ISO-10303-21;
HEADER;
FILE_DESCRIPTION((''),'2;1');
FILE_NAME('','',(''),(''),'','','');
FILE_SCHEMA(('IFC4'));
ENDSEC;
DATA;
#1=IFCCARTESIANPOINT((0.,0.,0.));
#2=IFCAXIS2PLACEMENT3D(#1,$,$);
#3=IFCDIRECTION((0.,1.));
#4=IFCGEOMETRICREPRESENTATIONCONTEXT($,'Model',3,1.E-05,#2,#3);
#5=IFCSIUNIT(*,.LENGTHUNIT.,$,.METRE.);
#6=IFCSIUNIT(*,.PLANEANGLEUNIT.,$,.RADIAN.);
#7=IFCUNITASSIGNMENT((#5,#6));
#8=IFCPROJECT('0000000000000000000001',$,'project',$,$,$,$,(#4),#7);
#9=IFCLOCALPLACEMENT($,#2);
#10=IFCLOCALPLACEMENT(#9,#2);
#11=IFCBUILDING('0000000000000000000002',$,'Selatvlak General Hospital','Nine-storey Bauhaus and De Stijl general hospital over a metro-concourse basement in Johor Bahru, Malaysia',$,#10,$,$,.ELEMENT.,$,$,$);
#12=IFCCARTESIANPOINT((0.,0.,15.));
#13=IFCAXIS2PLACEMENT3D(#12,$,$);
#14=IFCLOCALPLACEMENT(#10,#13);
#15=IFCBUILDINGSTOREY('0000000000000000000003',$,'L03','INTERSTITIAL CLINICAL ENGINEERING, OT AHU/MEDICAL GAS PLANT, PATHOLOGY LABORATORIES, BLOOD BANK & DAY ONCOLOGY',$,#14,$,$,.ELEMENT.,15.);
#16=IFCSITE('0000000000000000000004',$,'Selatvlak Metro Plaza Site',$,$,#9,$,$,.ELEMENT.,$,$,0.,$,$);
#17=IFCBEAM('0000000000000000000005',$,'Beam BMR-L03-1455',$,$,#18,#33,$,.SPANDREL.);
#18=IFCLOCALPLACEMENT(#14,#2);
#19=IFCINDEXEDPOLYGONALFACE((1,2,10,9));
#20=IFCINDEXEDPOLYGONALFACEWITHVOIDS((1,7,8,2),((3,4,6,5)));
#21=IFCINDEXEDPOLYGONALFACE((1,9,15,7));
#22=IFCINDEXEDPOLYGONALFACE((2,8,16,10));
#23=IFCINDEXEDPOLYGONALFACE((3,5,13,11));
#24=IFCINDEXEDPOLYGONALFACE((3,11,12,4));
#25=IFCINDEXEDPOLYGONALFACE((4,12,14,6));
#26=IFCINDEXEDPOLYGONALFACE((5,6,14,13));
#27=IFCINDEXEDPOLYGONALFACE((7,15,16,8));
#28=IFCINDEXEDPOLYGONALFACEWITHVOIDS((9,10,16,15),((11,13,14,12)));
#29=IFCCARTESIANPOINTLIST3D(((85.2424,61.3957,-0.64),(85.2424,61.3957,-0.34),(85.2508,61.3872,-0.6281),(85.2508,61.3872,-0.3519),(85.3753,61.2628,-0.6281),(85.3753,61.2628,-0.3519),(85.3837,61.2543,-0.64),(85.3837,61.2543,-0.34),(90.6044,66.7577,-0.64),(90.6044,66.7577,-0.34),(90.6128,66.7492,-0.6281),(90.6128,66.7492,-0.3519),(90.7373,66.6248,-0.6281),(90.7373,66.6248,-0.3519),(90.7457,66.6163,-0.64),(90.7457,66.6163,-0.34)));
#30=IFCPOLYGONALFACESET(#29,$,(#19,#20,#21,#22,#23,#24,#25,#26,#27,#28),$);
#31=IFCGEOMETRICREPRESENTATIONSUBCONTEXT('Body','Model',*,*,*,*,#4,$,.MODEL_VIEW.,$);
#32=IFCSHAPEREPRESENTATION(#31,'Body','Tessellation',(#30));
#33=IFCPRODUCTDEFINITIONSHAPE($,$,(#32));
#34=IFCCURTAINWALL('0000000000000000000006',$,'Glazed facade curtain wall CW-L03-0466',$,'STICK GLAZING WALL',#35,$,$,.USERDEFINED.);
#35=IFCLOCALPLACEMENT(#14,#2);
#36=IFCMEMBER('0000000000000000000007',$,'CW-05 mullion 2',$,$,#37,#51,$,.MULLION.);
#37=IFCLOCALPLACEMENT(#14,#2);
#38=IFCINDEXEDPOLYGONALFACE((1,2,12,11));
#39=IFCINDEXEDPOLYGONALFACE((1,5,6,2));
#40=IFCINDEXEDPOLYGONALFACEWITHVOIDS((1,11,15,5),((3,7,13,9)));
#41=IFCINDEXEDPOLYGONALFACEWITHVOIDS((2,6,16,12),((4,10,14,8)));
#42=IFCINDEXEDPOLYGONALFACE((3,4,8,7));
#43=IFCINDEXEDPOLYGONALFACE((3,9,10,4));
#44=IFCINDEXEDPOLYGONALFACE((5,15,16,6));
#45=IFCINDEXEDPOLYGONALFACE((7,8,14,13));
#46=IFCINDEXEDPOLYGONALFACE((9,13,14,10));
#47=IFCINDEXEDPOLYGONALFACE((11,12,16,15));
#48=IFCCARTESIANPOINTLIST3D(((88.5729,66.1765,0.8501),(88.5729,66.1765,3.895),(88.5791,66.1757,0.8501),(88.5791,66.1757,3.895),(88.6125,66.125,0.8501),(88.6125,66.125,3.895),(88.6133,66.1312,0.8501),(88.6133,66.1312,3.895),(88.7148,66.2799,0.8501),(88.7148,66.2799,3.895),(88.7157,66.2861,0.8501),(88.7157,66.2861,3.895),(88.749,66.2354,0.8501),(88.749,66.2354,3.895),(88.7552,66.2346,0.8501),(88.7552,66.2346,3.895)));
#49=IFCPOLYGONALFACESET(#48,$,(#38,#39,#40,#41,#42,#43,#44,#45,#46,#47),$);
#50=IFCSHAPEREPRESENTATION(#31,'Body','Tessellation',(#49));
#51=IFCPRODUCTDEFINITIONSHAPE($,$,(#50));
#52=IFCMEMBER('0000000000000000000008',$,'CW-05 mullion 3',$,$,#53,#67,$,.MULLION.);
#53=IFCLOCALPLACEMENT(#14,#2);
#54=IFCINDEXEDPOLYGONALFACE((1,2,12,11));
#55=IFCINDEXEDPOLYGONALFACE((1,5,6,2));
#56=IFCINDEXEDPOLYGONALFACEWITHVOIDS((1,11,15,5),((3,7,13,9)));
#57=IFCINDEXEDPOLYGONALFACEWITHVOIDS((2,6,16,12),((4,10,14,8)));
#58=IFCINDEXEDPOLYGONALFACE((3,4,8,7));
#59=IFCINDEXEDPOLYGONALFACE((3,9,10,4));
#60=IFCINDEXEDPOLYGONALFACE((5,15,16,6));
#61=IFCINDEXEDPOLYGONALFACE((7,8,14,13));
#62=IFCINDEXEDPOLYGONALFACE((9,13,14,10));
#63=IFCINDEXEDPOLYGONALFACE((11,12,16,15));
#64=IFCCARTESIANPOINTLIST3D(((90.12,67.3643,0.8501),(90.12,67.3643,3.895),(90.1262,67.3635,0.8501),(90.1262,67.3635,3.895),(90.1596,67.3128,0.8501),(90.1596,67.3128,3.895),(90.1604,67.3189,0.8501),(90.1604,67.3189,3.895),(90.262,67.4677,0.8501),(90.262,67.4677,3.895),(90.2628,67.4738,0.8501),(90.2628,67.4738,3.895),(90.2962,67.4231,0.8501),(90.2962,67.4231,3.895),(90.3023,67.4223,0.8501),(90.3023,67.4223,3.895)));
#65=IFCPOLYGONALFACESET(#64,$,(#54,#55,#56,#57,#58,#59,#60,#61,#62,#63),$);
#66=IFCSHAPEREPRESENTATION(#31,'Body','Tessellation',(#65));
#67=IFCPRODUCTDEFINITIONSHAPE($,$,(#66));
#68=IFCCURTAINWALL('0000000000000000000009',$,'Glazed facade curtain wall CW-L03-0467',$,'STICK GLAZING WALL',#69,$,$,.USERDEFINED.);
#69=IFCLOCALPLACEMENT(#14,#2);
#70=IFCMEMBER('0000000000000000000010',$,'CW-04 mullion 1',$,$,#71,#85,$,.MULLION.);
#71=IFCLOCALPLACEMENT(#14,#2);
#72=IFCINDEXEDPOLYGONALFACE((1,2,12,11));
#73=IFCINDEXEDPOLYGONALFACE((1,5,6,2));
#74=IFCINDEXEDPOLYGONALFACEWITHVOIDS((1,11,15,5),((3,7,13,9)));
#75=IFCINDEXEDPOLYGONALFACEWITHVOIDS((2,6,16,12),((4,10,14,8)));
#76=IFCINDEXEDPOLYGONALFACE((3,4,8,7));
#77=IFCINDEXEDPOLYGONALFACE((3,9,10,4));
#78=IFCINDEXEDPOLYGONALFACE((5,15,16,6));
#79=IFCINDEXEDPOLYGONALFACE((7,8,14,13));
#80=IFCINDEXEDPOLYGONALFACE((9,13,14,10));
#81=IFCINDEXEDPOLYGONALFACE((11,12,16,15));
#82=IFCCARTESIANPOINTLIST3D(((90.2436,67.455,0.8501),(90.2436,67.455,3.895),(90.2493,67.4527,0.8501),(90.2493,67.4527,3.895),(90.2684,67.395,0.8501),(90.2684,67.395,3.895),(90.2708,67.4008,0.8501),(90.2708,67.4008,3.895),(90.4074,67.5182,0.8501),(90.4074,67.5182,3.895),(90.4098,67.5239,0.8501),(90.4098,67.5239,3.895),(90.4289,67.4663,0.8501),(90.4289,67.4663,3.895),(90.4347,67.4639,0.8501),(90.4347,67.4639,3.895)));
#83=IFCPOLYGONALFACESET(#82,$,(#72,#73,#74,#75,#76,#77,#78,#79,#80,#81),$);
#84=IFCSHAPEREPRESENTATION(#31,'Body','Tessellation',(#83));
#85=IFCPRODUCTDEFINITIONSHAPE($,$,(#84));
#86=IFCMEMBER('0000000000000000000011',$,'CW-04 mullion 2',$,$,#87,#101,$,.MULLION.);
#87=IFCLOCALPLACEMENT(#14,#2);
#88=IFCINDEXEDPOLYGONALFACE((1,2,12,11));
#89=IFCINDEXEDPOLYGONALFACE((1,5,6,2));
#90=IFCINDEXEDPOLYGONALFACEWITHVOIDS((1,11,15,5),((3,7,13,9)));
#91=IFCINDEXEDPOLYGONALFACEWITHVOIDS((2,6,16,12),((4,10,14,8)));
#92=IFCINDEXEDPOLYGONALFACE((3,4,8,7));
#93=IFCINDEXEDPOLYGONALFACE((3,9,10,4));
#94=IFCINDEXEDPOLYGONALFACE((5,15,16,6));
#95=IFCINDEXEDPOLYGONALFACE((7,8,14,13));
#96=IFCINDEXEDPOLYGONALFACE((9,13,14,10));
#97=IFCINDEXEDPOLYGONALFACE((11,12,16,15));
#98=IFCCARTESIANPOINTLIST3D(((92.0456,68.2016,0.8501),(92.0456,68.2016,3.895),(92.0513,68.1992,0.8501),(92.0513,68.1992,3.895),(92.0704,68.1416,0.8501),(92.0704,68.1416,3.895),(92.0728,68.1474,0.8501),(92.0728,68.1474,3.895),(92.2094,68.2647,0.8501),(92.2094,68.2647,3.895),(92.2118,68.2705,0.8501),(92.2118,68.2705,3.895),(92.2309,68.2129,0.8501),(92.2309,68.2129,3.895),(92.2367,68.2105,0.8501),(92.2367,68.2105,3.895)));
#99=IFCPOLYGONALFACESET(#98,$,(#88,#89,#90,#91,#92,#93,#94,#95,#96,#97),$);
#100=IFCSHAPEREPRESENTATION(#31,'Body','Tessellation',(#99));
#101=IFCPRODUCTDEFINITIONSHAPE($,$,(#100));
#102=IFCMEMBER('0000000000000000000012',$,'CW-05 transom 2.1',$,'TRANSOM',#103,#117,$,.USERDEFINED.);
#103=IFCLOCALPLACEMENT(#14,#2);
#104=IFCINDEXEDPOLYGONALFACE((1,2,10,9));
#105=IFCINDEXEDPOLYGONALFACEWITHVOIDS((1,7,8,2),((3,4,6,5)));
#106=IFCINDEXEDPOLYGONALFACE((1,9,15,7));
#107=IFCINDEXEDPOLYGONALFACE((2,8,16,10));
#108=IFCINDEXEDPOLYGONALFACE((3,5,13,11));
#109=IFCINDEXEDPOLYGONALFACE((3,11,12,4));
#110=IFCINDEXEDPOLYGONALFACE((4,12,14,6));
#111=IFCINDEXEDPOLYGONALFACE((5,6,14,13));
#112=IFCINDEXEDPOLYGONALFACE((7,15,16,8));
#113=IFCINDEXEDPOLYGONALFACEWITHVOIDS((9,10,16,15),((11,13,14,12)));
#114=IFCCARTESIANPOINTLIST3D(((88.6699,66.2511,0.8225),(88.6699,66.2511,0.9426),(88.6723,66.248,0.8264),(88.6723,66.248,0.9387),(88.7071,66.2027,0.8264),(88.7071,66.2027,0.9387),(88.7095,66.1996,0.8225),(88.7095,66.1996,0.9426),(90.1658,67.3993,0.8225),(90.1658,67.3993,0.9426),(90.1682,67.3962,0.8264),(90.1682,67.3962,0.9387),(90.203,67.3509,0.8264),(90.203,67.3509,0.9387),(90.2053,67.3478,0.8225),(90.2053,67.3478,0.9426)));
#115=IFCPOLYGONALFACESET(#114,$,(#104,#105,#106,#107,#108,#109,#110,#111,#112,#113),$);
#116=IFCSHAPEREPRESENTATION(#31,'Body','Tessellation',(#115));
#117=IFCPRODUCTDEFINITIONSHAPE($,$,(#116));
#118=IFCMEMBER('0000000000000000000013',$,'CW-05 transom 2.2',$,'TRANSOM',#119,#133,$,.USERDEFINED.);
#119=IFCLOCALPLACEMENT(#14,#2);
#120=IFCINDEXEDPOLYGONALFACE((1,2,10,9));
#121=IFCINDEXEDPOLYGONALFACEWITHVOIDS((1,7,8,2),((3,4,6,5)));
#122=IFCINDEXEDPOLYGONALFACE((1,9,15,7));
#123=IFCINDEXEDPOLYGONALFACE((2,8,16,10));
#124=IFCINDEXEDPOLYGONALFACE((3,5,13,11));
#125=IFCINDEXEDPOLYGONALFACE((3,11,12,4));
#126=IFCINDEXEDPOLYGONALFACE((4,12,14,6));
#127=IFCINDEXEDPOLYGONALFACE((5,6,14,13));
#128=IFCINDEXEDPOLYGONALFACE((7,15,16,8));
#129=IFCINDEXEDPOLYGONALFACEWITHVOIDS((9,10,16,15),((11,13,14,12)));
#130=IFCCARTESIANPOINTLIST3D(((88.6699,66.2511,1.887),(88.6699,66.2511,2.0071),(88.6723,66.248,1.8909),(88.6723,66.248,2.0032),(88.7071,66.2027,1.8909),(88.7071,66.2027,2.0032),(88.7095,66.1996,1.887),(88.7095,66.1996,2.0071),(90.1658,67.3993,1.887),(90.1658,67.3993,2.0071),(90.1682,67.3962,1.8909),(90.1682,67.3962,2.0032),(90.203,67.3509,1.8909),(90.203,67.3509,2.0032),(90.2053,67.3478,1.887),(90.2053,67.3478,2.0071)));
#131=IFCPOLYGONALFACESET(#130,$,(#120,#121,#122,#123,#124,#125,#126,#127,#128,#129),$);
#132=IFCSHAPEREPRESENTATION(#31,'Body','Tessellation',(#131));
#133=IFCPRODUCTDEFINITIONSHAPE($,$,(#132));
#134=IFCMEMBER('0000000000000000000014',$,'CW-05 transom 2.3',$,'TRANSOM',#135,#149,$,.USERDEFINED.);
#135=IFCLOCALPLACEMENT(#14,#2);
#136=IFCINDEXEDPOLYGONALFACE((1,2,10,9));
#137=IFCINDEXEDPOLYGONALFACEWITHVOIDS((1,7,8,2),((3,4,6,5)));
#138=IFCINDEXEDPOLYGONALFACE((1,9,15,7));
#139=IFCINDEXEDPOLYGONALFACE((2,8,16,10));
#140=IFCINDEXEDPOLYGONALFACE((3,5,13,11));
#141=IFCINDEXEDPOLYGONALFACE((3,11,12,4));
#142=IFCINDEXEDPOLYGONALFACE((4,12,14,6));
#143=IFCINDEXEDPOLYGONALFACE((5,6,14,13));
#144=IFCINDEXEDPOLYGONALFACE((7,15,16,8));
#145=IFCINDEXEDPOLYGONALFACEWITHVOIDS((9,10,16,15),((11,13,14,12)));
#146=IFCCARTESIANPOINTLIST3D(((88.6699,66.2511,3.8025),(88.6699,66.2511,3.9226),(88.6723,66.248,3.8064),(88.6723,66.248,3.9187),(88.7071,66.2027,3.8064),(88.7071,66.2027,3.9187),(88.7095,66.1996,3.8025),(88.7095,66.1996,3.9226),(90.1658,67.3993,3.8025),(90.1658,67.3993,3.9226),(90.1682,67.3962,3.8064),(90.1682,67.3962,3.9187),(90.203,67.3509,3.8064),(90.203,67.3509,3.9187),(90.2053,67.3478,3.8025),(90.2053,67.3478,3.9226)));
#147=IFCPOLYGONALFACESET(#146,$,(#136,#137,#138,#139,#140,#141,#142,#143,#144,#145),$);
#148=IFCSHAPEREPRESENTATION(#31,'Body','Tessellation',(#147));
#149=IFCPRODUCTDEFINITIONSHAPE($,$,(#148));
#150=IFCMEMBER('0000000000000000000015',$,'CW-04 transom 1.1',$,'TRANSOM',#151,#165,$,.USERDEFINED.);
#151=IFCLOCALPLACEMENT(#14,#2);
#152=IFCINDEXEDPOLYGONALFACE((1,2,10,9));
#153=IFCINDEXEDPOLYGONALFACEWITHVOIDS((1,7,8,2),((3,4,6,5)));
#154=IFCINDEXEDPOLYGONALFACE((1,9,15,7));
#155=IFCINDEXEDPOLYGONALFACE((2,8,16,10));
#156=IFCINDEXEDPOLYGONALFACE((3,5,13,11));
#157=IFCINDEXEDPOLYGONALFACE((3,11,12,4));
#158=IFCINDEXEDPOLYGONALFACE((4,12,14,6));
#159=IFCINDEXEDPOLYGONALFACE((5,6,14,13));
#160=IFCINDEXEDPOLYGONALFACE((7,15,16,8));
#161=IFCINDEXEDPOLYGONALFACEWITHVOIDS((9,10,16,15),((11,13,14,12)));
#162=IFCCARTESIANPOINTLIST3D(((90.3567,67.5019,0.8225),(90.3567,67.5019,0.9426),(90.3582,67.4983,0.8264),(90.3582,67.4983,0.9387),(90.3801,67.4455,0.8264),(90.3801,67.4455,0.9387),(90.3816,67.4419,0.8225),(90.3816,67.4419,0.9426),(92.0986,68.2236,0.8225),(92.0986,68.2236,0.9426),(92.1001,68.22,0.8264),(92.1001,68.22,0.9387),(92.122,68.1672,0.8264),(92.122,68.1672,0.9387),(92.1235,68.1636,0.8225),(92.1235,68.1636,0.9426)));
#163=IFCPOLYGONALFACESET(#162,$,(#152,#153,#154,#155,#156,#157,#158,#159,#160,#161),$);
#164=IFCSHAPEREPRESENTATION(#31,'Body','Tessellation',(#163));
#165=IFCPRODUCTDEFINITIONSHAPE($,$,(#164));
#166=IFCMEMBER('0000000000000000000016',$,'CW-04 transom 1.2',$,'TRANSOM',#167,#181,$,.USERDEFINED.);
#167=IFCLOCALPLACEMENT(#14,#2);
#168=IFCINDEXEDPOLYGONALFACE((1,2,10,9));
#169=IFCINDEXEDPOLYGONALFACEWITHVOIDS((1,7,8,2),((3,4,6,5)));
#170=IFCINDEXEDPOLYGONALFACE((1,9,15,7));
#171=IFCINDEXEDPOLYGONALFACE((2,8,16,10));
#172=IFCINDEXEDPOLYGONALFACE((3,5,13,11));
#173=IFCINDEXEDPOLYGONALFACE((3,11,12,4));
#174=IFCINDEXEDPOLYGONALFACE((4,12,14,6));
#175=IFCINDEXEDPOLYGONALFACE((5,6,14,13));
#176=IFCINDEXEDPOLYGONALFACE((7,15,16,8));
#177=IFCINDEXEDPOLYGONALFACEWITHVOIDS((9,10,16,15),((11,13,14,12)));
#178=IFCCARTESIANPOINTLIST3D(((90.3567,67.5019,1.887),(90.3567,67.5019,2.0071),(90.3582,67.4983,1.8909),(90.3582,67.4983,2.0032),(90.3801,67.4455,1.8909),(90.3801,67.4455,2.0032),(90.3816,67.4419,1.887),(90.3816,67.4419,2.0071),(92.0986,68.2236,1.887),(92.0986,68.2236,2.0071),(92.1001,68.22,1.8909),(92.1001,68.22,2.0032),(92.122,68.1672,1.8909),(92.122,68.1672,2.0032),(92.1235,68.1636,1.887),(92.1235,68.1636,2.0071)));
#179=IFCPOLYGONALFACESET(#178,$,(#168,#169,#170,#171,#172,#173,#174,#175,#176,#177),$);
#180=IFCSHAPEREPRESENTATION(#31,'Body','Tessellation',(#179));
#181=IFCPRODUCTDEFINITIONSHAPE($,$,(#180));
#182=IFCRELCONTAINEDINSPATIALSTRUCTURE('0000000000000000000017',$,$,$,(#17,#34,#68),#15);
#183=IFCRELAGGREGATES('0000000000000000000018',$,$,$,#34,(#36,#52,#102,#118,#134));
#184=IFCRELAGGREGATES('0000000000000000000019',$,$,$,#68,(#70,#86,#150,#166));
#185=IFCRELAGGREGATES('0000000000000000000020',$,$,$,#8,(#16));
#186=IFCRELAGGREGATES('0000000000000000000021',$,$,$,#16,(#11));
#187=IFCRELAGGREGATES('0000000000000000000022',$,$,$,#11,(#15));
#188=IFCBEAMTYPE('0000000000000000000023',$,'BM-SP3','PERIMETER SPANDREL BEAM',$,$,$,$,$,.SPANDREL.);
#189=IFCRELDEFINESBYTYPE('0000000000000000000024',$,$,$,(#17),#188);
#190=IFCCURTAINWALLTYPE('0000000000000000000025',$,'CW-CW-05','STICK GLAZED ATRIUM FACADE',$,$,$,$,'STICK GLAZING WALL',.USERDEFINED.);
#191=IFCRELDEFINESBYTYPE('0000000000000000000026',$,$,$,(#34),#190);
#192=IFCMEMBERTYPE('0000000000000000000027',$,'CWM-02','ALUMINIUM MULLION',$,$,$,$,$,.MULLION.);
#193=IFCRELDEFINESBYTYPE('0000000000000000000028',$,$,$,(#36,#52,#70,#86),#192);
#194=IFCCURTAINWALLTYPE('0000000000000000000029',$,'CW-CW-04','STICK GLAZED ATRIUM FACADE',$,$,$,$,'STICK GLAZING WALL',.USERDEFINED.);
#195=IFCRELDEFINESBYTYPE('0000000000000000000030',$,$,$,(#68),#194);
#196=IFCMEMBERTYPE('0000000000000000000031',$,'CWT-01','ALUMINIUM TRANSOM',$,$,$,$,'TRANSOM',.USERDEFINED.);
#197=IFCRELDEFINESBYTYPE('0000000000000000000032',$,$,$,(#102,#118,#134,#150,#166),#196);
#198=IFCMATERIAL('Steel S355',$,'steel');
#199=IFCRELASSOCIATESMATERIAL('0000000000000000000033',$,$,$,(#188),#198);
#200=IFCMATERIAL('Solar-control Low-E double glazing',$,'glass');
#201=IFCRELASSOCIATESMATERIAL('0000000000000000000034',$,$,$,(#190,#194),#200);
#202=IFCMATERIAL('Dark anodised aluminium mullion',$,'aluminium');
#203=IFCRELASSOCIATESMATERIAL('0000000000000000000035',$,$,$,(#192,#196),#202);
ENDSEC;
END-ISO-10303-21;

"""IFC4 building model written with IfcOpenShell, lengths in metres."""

from ifc_helpers import new_model, si_unit, direction, frame, origin, origin_2d, place, context, subcontext, project, spatial, hollow_rectangle, extrude, material, material_profile, profile_set, type_object, element, aggregate, save


model = new_model("IFC4")

# Units and contexts
model_context = context("Model", 3, precision=1e-05, world=origin(), true_north=direction((0.0, 1.0)))
body_context = subcontext(model_context, "Body", "Model", "MODEL_VIEW")
ifc_project = project(units=[si_unit("LENGTHUNIT", "METRE"), si_unit("PLANEANGLEUNIT", "RADIAN")], contexts=[model_context])

# Site, building, storey
site_placement = place(None, origin())
site = spatial("IfcSite", under=ifc_project, at=site_placement, Name="Selatvlak Metro Plaza Site", CompositionType="ELEMENT", RefElevation=0.0)
building_placement = place(site_placement, origin())
building = spatial("IfcBuilding", under=site, at=building_placement, Name="Selatvlak General Hospital", Description="Nine-storey Bauhaus and De Stijl general hospital over a metro-concourse basement in Johor Bahru, Malaysia", CompositionType="ELEMENT")
storey_placement = place(building_placement, frame((0.0, 0.0, 15.0)))
storey = spatial("IfcBuildingStorey", under=building, at=storey_placement, Name="L03", Description="INTERSTITIAL CLINICAL ENGINEERING, OT AHU/MEDICAL GAS PLANT, PATHOLOGY LABORATORIES, BLOOD BANK & DAY ONCOLOGY", CompositionType="ELEMENT", Elevation=15.0)

# Beam
ifc_material_1 = material(Name="Steel S355", Category="steel")
ifc_material_profile_1 = material_profile(ifc_material_1, hollow_rectangle(XDim=0.2, YDim=0.3, WallThickness=0.012, at=origin_2d()), Name="RHS 300x200x12")
ifc_profile_set_1 = profile_set([ifc_material_profile_1], Name="Steel S355")
beam_type = type_object("IfcBeamType", Name="BM-SP3", Description="PERIMETER SPANDREL BEAM", PredefinedType="SPANDREL", material=ifc_profile_set_1)
beam_placement = place(storey_placement, frame((90.675, 66.687, -0.49), z_axis=(-0.707107, -0.707107, 0.0), x_axis=(0.707107, -0.707107, 0.0)))
element("IfcBeam", 1, at=beam_placement, inside=storey, type_object=beam_type, Name="Beam BMR-L03-1455", PredefinedType="SPANDREL", context=body_context, shape_type="SweptSolid", body=[
    extrude(hollow_rectangle(XDim=0.2, YDim=0.3, WallThickness=0.012, at=origin_2d()), origin(), (0.0, 0.0, 1.0), 7.583),
])

# Curtain walls, members
ifc_material_2 = material(Name="Solar-control Low-E double glazing", Category="glass")
curtain_wall_type_1 = type_object("IfcCurtainWallType", Name="CW-CW-05", Description="STICK GLAZED ATRIUM FACADE", ElementType="STICK GLAZING WALL", PredefinedType="USERDEFINED", material=ifc_material_2)
curtain_wall_1_placement = place(storey_placement, origin())
curtain_wall_1 = element("IfcCurtainWall", 2, at=curtain_wall_1_placement, inside=storey, type_object=curtain_wall_type_1, Name="Glazed facade curtain wall CW-L03-0466", ObjectType="STICK GLAZING WALL", PredefinedType="USERDEFINED")
ifc_material_3 = material(Name="Dark anodised aluminium mullion", Category="aluminium")
ifc_material_profile_2 = material_profile(ifc_material_3, hollow_rectangle(XDim=0.0649, YDim=0.1799, WallThickness=0.0044, at=origin_2d()), Name="AL-MUL 65x180x4.5")
ifc_profile_set_2 = profile_set([ifc_material_profile_2], Name="Dark anodised aluminium mullion")
member_type_1 = type_object("IfcMemberType", Name="CWM-02", Description="ALUMINIUM MULLION", PredefinedType="MULLION", material=ifc_profile_set_2)
member_1_placement = place(storey_placement, frame((88.6641, 66.2056, 0.8501), z_axis=(0.0, 0.0, 1.0), x_axis=(-0.608918, 0.793233, 0.0)))
member_1 = element("IfcMember", 3, at=member_1_placement, type_object=member_type_1, Name="CW-05 mullion 2", PredefinedType="MULLION", context=body_context, shape_type="SweptSolid", body=[
    extrude(hollow_rectangle(XDim=0.0649, YDim=0.1799, WallThickness=0.0044, at=origin_2d()), origin(), (0.0, 0.0, 1.0), 3.0449),
])
member_2_placement = place(storey_placement, frame((90.2112, 67.3933, 0.8501), z_axis=(0.0, 0.0, 1.0), x_axis=(-0.608918, 0.793233, 0.0)))
member_2 = element("IfcMember", 4, at=member_2_placement, type_object=member_type_1, Name="CW-05 mullion 3", PredefinedType="MULLION", context=body_context, shape_type="SweptSolid", body=[
    extrude(hollow_rectangle(XDim=0.0649, YDim=0.1799, WallThickness=0.0044, at=origin_2d()), origin(), (0.0, 0.0, 1.0), 3.0449),
])
curtain_wall_type_2 = type_object("IfcCurtainWallType", Name="CW-CW-04", Description="STICK GLAZED ATRIUM FACADE", ElementType="STICK GLAZING WALL", PredefinedType="USERDEFINED", material=ifc_material_2)
curtain_wall_2_placement = place(storey_placement, origin())
curtain_wall_2 = element("IfcCurtainWall", 5, at=curtain_wall_2_placement, inside=storey, type_object=curtain_wall_type_2, Name="Glazed facade curtain wall CW-L03-0467", ObjectType="STICK GLAZING WALL", PredefinedType="USERDEFINED")
member_3_placement = place(storey_placement, frame((90.3391, 67.4595, 0.8501), z_axis=(0.0, 0.0, 1.0), x_axis=(-0.382753, 0.923851, 0.0)))
member_3 = element("IfcMember", 6, at=member_3_placement, type_object=member_type_1, Name="CW-04 mullion 1", PredefinedType="MULLION", context=body_context, shape_type="SweptSolid", body=[
    extrude(hollow_rectangle(XDim=0.0649, YDim=0.1799, WallThickness=0.0044, at=origin_2d()), origin(), (0.0, 0.0, 1.0), 3.0449),
])
member_4_placement = place(storey_placement, frame((92.1411, 68.2061, 0.8501), z_axis=(0.0, 0.0, 1.0), x_axis=(-0.382753, 0.923851, 0.0)))
member_4 = element("IfcMember", 7, at=member_4_placement, type_object=member_type_1, Name="CW-04 mullion 2", PredefinedType="MULLION", context=body_context, shape_type="SweptSolid", body=[
    extrude(hollow_rectangle(XDim=0.0649, YDim=0.1799, WallThickness=0.0044, at=origin_2d()), origin(), (0.0, 0.0, 1.0), 3.0449),
])

# Members
ifc_material_profile_3 = material_profile(ifc_material_3, hollow_rectangle(XDim=0.0649, YDim=0.1201, WallThickness=0.0039, at=origin_2d()), Name="AL-TRN 65x120x4")
ifc_profile_set_3 = profile_set([ifc_material_profile_3], Name="Dark anodised aluminium mullion")
member_type_2 = type_object("IfcMemberType", Name="CWT-01", Description="ALUMINIUM TRANSOM", ElementType="TRANSOM", PredefinedType="USERDEFINED", material=ifc_profile_set_3)
member_5_placement = place(storey_placement, frame((88.6897, 66.2253, 0.8826), z_axis=(0.793254, 0.608891, 0.0), x_axis=(-0.608891, 0.793254, 0.0)))
member_5 = element("IfcMember", 8, at=member_5_placement, type_object=member_type_2, Name="CW-05 transom 2.1", ObjectType="TRANSOM", PredefinedType="USERDEFINED", context=body_context, shape_type="SweptSolid", body=[
    extrude(hollow_rectangle(XDim=0.0649, YDim=0.1201, WallThickness=0.0039, at=origin_2d()), origin(), (0.0, 0.0, 1.0), 1.8857),
])
member_6_placement = place(storey_placement, frame((88.6897, 66.2253, 1.947), z_axis=(0.793254, 0.608891, 0.0), x_axis=(-0.608891, 0.793254, 0.0)))
member_6 = element("IfcMember", 9, at=member_6_placement, type_object=member_type_2, Name="CW-05 transom 2.2", ObjectType="TRANSOM", PredefinedType="USERDEFINED", context=body_context, shape_type="SweptSolid", body=[
    extrude(hollow_rectangle(XDim=0.0649, YDim=0.1201, WallThickness=0.0039, at=origin_2d()), origin(), (0.0, 0.0, 1.0), 1.8857),
])
member_7_placement = place(storey_placement, frame((88.6897, 66.2253, 3.8625), z_axis=(0.793254, 0.608891, 0.0), x_axis=(-0.608891, 0.793254, 0.0)))
member_7 = element("IfcMember", 10, at=member_7_placement, type_object=member_type_2, Name="CW-05 transom 2.3", ObjectType="TRANSOM", PredefinedType="USERDEFINED", context=body_context, shape_type="SweptSolid", body=[
    extrude(hollow_rectangle(XDim=0.0649, YDim=0.1201, WallThickness=0.0039, at=origin_2d()), origin(), (0.0, 0.0, 1.0), 1.8857),
])
member_8_placement = place(storey_placement, frame((90.3691, 67.4719, 0.8826), z_axis=(0.923853, 0.382748, 0.0), x_axis=(-0.382748, 0.923853, 0.0)))
member_8 = element("IfcMember", 11, at=member_8_placement, type_object=member_type_2, Name="CW-04 transom 1.1", ObjectType="TRANSOM", PredefinedType="USERDEFINED", context=body_context, shape_type="SweptSolid", body=[
    extrude(hollow_rectangle(XDim=0.0649, YDim=0.1201, WallThickness=0.0039, at=origin_2d()), origin(), (0.0, 0.0, 1.0), 1.8855),
])
member_9_placement = place(storey_placement, frame((90.3691, 67.4719, 1.947), z_axis=(0.923853, 0.382748, 0.0), x_axis=(-0.382748, 0.923853, 0.0)))
member_9 = element("IfcMember", 12, at=member_9_placement, type_object=member_type_2, Name="CW-04 transom 1.2", ObjectType="TRANSOM", PredefinedType="USERDEFINED", context=body_context, shape_type="SweptSolid", body=[
    extrude(hollow_rectangle(XDim=0.0649, YDim=0.1201, WallThickness=0.0039, at=origin_2d()), origin(), (0.0, 0.0, 1.0), 1.8855),
])

aggregate(curtain_wall_1, [member_1, member_2, member_5, member_6, member_7])
aggregate(curtain_wall_2, [member_3, member_4, member_8, member_9])

save(model, "model.ifc")
